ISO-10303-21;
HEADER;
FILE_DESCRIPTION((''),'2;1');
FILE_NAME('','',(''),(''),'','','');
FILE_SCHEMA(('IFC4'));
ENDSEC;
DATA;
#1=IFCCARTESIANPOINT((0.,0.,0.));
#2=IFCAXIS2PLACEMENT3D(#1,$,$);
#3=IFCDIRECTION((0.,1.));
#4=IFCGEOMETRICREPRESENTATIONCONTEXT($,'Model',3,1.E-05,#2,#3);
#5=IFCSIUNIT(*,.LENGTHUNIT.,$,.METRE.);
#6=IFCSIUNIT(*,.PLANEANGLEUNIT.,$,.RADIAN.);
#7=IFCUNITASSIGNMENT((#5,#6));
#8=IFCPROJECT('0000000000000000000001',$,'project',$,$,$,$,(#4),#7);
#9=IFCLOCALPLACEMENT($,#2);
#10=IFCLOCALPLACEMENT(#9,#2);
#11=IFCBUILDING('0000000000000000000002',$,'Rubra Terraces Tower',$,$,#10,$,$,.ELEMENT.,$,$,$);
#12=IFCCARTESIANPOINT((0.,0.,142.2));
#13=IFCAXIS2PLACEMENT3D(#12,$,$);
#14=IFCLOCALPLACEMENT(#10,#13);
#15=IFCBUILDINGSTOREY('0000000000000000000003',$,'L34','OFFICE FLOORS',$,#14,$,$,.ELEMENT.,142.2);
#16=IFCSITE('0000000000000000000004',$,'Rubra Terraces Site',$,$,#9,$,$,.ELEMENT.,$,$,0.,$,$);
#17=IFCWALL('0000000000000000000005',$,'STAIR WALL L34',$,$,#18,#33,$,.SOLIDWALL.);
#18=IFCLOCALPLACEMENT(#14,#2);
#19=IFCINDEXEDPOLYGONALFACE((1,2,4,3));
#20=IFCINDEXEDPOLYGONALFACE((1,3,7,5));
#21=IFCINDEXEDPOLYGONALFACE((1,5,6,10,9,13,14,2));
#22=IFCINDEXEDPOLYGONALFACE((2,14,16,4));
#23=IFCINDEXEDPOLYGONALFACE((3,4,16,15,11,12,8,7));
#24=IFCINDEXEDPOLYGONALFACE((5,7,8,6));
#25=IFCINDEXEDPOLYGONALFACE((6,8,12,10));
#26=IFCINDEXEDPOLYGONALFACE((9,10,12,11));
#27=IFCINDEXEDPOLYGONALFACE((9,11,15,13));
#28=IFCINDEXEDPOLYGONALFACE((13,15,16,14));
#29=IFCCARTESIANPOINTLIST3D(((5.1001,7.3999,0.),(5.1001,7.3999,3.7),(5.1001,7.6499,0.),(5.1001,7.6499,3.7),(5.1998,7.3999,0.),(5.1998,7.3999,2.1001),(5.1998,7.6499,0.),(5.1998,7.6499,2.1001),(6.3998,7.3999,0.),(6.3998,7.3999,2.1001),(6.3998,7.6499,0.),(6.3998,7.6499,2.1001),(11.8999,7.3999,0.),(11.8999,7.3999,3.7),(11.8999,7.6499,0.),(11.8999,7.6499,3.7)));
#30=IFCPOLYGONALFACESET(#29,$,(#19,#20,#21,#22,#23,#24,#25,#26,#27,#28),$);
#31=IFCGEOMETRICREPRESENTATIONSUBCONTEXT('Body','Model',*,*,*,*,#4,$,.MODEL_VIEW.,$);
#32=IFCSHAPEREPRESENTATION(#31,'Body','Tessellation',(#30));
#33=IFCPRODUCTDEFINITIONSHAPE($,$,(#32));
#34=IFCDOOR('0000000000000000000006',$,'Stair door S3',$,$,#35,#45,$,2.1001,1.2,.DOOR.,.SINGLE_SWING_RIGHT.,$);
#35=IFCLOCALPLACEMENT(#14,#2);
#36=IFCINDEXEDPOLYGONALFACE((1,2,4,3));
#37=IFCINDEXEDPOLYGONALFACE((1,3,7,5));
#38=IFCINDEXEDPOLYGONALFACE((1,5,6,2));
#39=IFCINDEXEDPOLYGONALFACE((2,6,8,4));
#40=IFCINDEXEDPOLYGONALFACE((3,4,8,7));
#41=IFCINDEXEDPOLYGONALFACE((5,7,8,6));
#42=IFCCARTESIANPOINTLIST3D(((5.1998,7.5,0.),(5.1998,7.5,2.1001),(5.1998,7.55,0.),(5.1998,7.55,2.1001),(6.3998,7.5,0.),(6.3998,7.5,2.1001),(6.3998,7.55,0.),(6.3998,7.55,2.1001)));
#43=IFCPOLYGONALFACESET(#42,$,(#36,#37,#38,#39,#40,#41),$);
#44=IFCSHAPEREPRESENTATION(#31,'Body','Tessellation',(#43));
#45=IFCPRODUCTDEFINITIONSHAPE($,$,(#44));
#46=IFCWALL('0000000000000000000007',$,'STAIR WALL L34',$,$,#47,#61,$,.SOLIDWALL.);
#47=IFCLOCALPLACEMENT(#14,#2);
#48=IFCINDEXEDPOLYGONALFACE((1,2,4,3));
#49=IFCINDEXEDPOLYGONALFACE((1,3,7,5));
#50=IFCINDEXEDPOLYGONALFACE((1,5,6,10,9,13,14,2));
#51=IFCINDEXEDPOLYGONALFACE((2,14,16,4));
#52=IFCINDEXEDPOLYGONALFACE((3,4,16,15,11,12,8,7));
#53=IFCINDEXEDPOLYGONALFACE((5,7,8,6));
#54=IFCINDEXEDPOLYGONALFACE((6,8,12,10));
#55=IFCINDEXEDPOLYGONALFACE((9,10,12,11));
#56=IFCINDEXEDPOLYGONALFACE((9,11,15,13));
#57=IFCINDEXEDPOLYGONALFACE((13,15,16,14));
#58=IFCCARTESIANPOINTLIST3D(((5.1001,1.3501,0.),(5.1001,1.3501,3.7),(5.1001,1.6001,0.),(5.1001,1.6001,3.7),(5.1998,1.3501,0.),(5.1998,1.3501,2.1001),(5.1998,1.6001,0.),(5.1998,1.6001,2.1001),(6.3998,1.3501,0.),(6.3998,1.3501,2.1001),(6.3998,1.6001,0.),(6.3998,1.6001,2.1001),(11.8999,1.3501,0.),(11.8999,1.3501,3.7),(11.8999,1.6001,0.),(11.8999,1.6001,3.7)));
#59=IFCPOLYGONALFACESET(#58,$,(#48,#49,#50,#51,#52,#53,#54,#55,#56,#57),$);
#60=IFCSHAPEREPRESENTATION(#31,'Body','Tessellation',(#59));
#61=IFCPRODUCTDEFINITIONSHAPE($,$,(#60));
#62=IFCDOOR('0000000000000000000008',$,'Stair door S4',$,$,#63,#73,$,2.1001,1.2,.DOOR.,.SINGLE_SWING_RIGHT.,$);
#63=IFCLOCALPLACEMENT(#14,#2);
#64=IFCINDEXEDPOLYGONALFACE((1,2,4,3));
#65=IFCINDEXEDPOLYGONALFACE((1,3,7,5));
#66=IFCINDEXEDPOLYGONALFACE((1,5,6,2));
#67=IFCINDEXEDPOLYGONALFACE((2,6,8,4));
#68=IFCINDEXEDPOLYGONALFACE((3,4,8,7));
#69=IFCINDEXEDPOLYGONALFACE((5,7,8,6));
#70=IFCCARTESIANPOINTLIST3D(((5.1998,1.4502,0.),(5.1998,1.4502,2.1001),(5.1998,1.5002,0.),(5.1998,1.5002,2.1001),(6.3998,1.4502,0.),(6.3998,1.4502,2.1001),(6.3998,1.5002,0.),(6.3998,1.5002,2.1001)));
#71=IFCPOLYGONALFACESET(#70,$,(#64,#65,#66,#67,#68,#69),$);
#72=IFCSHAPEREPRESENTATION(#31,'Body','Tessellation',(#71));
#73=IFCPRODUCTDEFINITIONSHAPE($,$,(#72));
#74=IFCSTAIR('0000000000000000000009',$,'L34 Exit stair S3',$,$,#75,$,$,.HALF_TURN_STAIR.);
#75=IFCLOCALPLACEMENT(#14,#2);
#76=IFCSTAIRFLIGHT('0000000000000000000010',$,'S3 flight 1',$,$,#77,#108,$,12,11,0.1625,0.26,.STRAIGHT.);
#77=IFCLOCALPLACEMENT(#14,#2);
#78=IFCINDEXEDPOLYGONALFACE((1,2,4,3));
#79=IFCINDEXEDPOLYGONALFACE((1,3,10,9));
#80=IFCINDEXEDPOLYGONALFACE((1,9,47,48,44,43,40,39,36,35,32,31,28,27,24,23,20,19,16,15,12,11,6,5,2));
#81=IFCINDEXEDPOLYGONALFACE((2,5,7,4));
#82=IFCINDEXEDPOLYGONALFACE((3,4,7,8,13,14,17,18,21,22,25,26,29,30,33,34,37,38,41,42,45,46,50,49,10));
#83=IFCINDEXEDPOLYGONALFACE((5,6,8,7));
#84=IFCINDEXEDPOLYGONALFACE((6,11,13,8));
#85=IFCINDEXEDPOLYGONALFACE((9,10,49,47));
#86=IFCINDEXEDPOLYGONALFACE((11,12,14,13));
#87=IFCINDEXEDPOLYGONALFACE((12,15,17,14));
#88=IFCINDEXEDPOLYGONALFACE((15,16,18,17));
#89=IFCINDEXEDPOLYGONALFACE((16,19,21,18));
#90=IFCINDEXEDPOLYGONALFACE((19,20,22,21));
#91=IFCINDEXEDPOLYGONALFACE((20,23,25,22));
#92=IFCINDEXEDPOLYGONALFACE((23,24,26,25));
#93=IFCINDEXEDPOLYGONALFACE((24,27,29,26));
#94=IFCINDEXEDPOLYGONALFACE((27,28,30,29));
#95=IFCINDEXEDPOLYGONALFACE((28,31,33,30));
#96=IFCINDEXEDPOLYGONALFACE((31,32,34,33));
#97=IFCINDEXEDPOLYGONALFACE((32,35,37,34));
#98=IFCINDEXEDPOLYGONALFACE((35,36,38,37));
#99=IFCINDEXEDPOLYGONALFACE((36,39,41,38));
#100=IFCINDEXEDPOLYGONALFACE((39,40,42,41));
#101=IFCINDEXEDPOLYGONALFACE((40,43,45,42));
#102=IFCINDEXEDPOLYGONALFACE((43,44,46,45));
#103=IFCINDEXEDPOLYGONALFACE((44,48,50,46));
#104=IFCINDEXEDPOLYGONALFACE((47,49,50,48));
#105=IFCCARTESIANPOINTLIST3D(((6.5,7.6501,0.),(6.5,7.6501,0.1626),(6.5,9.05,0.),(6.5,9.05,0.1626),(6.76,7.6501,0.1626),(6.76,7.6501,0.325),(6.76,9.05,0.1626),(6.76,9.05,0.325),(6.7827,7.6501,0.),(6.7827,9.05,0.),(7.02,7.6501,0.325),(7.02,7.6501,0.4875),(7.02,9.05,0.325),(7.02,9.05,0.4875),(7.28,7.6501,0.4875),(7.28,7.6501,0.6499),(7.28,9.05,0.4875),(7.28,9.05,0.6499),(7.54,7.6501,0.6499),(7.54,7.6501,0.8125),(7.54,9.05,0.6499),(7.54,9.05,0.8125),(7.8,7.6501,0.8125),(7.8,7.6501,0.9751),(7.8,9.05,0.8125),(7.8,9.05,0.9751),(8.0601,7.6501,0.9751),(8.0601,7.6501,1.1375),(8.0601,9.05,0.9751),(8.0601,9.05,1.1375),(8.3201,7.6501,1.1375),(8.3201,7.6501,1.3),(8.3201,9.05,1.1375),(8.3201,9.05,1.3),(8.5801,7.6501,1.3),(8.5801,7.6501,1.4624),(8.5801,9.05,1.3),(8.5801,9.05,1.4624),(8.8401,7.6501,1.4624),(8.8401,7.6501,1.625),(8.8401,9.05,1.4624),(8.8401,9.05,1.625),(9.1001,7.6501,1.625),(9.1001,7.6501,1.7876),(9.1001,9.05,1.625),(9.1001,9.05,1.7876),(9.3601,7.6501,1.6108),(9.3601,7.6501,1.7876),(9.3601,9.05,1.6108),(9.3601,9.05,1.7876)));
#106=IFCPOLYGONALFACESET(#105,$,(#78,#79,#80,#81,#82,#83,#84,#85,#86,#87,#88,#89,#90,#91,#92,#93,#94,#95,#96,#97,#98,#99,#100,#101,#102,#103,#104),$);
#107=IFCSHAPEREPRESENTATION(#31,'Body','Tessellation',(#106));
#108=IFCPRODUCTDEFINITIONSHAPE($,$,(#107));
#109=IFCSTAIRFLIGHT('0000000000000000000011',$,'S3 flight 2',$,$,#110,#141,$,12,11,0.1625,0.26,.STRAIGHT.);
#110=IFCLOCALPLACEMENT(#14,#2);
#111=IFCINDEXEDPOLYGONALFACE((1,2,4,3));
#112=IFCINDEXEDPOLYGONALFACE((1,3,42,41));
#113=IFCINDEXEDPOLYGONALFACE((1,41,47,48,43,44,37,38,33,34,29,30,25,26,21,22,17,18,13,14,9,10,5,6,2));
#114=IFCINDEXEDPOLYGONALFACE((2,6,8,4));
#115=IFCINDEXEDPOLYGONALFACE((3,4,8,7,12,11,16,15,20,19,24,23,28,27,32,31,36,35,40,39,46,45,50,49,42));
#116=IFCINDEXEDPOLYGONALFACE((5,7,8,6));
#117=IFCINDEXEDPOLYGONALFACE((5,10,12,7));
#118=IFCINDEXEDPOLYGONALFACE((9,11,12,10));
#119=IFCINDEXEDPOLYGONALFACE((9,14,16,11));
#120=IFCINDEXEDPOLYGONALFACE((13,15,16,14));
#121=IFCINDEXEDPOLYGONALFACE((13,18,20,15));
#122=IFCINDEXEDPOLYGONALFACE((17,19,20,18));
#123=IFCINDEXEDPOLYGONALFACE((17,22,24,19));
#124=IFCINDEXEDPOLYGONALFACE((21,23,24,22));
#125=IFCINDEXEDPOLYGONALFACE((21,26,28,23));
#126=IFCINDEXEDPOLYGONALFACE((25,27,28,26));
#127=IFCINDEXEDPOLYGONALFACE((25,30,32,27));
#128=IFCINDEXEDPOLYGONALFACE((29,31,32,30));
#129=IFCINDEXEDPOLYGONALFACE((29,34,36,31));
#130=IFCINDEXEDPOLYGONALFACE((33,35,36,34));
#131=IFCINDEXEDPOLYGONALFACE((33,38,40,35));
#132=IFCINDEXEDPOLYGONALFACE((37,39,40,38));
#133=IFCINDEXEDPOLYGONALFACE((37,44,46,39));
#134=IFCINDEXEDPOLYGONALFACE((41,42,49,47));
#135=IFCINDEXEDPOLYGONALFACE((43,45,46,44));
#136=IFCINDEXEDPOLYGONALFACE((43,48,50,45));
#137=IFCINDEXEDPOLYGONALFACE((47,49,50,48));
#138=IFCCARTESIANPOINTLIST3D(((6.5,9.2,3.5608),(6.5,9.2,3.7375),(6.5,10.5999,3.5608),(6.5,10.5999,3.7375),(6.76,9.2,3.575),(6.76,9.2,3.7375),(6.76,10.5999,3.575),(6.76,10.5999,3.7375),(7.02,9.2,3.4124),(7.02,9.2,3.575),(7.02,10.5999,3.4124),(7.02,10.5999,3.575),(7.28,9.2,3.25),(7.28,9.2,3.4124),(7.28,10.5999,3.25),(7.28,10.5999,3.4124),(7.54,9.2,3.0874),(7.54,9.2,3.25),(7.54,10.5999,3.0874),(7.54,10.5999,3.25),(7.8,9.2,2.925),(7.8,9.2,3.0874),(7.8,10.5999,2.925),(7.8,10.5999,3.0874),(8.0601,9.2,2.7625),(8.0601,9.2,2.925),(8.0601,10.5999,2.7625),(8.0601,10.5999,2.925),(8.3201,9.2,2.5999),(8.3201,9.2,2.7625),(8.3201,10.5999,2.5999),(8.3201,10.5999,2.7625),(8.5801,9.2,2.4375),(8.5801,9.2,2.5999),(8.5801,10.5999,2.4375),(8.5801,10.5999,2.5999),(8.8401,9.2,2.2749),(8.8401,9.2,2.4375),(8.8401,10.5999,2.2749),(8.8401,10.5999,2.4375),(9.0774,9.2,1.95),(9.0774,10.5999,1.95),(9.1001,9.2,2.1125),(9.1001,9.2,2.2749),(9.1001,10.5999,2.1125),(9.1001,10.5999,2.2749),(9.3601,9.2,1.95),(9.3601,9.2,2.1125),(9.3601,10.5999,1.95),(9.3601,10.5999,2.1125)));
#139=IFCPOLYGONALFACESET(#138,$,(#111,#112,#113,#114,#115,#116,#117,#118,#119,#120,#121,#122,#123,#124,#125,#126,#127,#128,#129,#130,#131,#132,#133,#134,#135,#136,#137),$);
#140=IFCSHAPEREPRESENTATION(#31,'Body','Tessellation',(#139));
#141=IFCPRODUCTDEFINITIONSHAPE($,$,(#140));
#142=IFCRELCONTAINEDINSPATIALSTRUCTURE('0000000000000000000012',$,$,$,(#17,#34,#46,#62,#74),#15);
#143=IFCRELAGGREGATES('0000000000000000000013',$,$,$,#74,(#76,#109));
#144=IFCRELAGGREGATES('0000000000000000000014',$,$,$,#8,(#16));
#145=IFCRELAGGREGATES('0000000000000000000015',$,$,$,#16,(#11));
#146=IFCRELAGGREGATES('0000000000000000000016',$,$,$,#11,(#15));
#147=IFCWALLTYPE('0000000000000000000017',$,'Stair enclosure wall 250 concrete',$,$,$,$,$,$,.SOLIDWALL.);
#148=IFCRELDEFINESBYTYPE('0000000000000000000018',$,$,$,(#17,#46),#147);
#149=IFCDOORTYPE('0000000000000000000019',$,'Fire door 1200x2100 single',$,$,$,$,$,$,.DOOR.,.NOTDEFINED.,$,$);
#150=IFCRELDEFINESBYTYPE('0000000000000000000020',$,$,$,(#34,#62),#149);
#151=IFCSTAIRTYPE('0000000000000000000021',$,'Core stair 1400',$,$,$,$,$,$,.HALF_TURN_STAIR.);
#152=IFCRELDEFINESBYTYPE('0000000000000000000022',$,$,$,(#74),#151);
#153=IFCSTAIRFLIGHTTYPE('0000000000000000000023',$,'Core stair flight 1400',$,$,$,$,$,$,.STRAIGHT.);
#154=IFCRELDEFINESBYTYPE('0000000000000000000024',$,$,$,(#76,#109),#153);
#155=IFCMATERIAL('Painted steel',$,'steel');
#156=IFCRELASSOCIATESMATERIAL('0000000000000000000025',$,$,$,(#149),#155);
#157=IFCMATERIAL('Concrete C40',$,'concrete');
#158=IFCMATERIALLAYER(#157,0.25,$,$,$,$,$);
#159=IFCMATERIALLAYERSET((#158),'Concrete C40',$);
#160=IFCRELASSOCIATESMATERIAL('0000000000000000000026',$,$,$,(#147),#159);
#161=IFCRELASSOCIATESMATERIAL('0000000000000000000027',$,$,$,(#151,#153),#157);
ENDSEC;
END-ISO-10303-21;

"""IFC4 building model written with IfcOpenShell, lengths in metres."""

from ifc_helpers import new_model, si_unit, direction, frame, frame_2d, origin, place, context, subcontext, project, spatial, polyline, rectangle, outline, extrude, material, layer, layer_set, type_object, element, fill, aggregate, save


model = new_model("IFC4")

# Units and contexts
model_context = context("Model", 3, precision=1e-05, world=origin(), true_north=direction((0.0, 1.0)))
body_context = subcontext(model_context, "Body", "Model", "MODEL_VIEW")
ifc_project = project(units=[si_unit("LENGTHUNIT", "METRE"), si_unit("PLANEANGLEUNIT", "RADIAN")], contexts=[model_context])

# Site, building, storey
site_placement = place(None, origin())
site = spatial("IfcSite", under=ifc_project, at=site_placement, Name="Rubra Terraces Site", CompositionType="ELEMENT", RefElevation=0.0)
building_placement = place(site_placement, origin())
building = spatial("IfcBuilding", under=site, at=building_placement, Name="Rubra Terraces Tower", CompositionType="ELEMENT")
storey_placement = place(building_placement, frame((0.0, 0.0, 142.2)))
storey = spatial("IfcBuildingStorey", under=building, at=storey_placement, Name="L34", Description="OFFICE FLOORS", CompositionType="ELEMENT", Elevation=142.2)

# Shared definitions
ifc_material_1 = material(Name="Concrete C40", Category="concrete")

# Shared definitions
ifc_material_2 = material(Name="Painted steel", Category="steel")
door_type_1 = type_object("IfcDoorType", Name="Fire door 1200x2100 single", OperationType="NOTDEFINED", PredefinedType="DOOR", material=ifc_material_2)

# Walls, openings, doors
ifc_layer_1 = layer(ifc_material_1, 0.25)
ifc_layer_set_1 = layer_set([ifc_layer_1], Name="Concrete C40")
wall_type_1 = type_object("IfcWallType", Name="Stair enclosure wall 250 concrete", PredefinedType="SOLIDWALL", material=ifc_layer_set_1)
wall_1_placement = place(storey_placement, frame((11.8999, 7.5249, 0.0), z_axis=(0.0, 0.0, 1.0), x_axis=(-1.0, 0.0, 0.0)))
wall_1 = element("IfcWall", 1, at=wall_1_placement, inside=storey, type_object=wall_type_1, Name="STAIR WALL L34", PredefinedType="SOLIDWALL", context=body_context, shape_type="SweptSolid", body=[
    extrude(rectangle(XDim=6.7998, YDim=0.25, at=frame_2d((3.3999, 0.0))), origin(), (0.0, 0.0, 1.0), 3.7),
])
opening_1_placement = place(wall_1_placement, frame((5.5, 0.0, 0.0)))
opening_1 = element("IfcOpeningElement", 2, at=opening_1_placement, cuts=wall_1, PredefinedType="OPENING", context=body_context, shape_type="SweptSolid", body=[
    extrude(rectangle(XDim=1.2, YDim=2.1001, at=frame_2d((0.6001, 1.05))), frame((0.0, 0.135, 0.0), z_axis=(0.0, -1.0, 0.0), x_axis=(1.0, 0.0, 0.0)), (0.0, 0.0, 1.0), 0.27),
])
door_1_placement = place(opening_1_placement, origin())
door_1 = element("IfcDoor", 3, at=door_1_placement, inside=storey, type_object=door_type_1, Name="Stair door S3", OperationType="SINGLE_SWING_RIGHT", OverallHeight=2.1001, OverallWidth=1.2, PredefinedType="DOOR", context=body_context, shape_type="SweptSolid", body=[
    extrude(rectangle(XDim=1.2, YDim=2.1001, at=frame_2d((0.6001, 1.05))), frame((0.0, 0.0249, 0.0), z_axis=(0.0, -1.0, 0.0), x_axis=(1.0, 0.0, 0.0)), (0.0, 0.0, 1.0), 0.05),
])
fill(opening_1, door_1)
wall_2_placement = place(storey_placement, frame((11.8999, 1.4751, 0.0), z_axis=(0.0, 0.0, 1.0), x_axis=(-1.0, 0.0, 0.0)))
wall_2 = element("IfcWall", 4, at=wall_2_placement, inside=storey, type_object=wall_type_1, Name="STAIR WALL L34", PredefinedType="SOLIDWALL", context=body_context, shape_type="SweptSolid", body=[
    extrude(rectangle(XDim=6.7998, YDim=0.25, at=frame_2d((3.3999, 0.0))), origin(), (0.0, 0.0, 1.0), 3.7),
])
opening_2_placement = place(wall_2_placement, frame((5.5, 0.0, 0.0)))
opening_2 = element("IfcOpeningElement", 5, at=opening_2_placement, cuts=wall_2, PredefinedType="OPENING", context=body_context, shape_type="SweptSolid", body=[
    extrude(rectangle(XDim=1.2, YDim=2.1001, at=frame_2d((0.6001, 1.05))), frame((0.0, 0.135, 0.0), z_axis=(0.0, -1.0, 0.0), x_axis=(1.0, 0.0, 0.0)), (0.0, 0.0, 1.0), 0.27),
])
door_2_placement = place(opening_2_placement, origin())
door_2 = element("IfcDoor", 6, at=door_2_placement, inside=storey, type_object=door_type_1, Name="Stair door S4", OperationType="SINGLE_SWING_RIGHT", OverallHeight=2.1001, OverallWidth=1.2, PredefinedType="DOOR", context=body_context, shape_type="SweptSolid", body=[
    extrude(rectangle(XDim=1.2, YDim=2.1001, at=frame_2d((0.6001, 1.05))), frame((0.0, 0.0249, 0.0), z_axis=(0.0, -1.0, 0.0), x_axis=(1.0, 0.0, 0.0)), (0.0, 0.0, 1.0), 0.05),
])
fill(opening_2, door_2)

# Stair, stair flights
stair_type = type_object("IfcStairType", Name="Core stair 1400", PredefinedType="HALF_TURN_STAIR", material=ifc_material_1)
stair_placement = place(storey_placement, origin())
stair = element("IfcStair", 7, at=stair_placement, inside=storey, type_object=stair_type, Name="L34 Exit stair S3", PredefinedType="HALF_TURN_STAIR")
stair_flight_type = type_object("IfcStairFlightType", Name="Core stair flight 1400", PredefinedType="STRAIGHT", material=ifc_material_1)
stair_flight_1_placement = place(storey_placement, frame((6.5, 8.3501, 0.0), z_axis=(0.0, 0.0, 1.0), x_axis=(1.0, 0.0, 0.0)))
stair_flight_1 = element("IfcStairFlight", 8, at=stair_flight_1_placement, type_object=stair_flight_type, Name="S3 flight 1", NumberOfRisers=12, NumberOfTreads=11, PredefinedType="STRAIGHT", RiserHeight=0.1625, TreadLength=0.26, context=body_context, shape_type="SweptSolid", body=[
    extrude(outline(polyline([(0.0, 0.0), (0.0, 0.1626), (0.26, 0.1626), (0.26, 0.325), (0.52, 0.325), (0.52, 0.4875), (0.78, 0.4875), (0.78, 0.6499), (1.04, 0.6499), (1.04, 0.8125), (1.3, 0.8125), (1.3, 0.9751), (1.5601, 0.9751), (1.5601, 1.1375), (1.8201, 1.1375), (1.8201, 1.3), (2.0801, 1.3), (2.0801, 1.4624), (2.3401, 1.4624), (2.3401, 1.625), (2.6001, 1.625), (2.6001, 1.7876), (2.8601, 1.7876), (2.8601, 1.95), (2.8601, 1.6108), (0.2827, 0.0), (0.0, 0.0)])), frame((0.0, 0.7, 0.0), z_axis=(0.0, -1.0, 0.0), x_axis=(1.0, 0.0, 0.0)), (0.0, 0.0, 1.0), 1.3999),
])
stair_flight_2_placement = place(storey_placement, frame((9.3601, 9.8999, 1.95), z_axis=(0.0, 0.0, 1.0), x_axis=(-1.0, 0.0, 0.0)))
stair_flight_2 = element("IfcStairFlight", 9, at=stair_flight_2_placement, type_object=stair_flight_type, Name="S3 flight 2", NumberOfRisers=12, NumberOfTreads=11, PredefinedType="STRAIGHT", RiserHeight=0.1625, TreadLength=0.26, context=body_context, shape_type="SweptSolid", body=[
    extrude(outline(polyline([(0.0, 0.0), (0.0, 0.1626), (0.26, 0.1626), (0.26, 0.325), (0.52, 0.325), (0.52, 0.4875), (0.78, 0.4875), (0.78, 0.6499), (1.04, 0.6499), (1.04, 0.8125), (1.3, 0.8125), (1.3, 0.9751), (1.5601, 0.9751), (1.5601, 1.1375), (1.8201, 1.1375), (1.8201, 1.3), (2.0801, 1.3), (2.0801, 1.4624), (2.3401, 1.4624), (2.3401, 1.625), (2.6001, 1.625), (2.6001, 1.7876), (2.8601, 1.7876), (2.8601, 1.95), (2.8601, 1.6108), (0.2827, 0.0), (0.0, 0.0)])), frame((0.0, 0.7, 0.0), z_axis=(0.0, -1.0, 0.0), x_axis=(1.0, 0.0, 0.0)), (0.0, 0.0, 1.0), 1.3999),
])
aggregate(stair, [stair_flight_1, stair_flight_2])

save(model, "model.ifc")
